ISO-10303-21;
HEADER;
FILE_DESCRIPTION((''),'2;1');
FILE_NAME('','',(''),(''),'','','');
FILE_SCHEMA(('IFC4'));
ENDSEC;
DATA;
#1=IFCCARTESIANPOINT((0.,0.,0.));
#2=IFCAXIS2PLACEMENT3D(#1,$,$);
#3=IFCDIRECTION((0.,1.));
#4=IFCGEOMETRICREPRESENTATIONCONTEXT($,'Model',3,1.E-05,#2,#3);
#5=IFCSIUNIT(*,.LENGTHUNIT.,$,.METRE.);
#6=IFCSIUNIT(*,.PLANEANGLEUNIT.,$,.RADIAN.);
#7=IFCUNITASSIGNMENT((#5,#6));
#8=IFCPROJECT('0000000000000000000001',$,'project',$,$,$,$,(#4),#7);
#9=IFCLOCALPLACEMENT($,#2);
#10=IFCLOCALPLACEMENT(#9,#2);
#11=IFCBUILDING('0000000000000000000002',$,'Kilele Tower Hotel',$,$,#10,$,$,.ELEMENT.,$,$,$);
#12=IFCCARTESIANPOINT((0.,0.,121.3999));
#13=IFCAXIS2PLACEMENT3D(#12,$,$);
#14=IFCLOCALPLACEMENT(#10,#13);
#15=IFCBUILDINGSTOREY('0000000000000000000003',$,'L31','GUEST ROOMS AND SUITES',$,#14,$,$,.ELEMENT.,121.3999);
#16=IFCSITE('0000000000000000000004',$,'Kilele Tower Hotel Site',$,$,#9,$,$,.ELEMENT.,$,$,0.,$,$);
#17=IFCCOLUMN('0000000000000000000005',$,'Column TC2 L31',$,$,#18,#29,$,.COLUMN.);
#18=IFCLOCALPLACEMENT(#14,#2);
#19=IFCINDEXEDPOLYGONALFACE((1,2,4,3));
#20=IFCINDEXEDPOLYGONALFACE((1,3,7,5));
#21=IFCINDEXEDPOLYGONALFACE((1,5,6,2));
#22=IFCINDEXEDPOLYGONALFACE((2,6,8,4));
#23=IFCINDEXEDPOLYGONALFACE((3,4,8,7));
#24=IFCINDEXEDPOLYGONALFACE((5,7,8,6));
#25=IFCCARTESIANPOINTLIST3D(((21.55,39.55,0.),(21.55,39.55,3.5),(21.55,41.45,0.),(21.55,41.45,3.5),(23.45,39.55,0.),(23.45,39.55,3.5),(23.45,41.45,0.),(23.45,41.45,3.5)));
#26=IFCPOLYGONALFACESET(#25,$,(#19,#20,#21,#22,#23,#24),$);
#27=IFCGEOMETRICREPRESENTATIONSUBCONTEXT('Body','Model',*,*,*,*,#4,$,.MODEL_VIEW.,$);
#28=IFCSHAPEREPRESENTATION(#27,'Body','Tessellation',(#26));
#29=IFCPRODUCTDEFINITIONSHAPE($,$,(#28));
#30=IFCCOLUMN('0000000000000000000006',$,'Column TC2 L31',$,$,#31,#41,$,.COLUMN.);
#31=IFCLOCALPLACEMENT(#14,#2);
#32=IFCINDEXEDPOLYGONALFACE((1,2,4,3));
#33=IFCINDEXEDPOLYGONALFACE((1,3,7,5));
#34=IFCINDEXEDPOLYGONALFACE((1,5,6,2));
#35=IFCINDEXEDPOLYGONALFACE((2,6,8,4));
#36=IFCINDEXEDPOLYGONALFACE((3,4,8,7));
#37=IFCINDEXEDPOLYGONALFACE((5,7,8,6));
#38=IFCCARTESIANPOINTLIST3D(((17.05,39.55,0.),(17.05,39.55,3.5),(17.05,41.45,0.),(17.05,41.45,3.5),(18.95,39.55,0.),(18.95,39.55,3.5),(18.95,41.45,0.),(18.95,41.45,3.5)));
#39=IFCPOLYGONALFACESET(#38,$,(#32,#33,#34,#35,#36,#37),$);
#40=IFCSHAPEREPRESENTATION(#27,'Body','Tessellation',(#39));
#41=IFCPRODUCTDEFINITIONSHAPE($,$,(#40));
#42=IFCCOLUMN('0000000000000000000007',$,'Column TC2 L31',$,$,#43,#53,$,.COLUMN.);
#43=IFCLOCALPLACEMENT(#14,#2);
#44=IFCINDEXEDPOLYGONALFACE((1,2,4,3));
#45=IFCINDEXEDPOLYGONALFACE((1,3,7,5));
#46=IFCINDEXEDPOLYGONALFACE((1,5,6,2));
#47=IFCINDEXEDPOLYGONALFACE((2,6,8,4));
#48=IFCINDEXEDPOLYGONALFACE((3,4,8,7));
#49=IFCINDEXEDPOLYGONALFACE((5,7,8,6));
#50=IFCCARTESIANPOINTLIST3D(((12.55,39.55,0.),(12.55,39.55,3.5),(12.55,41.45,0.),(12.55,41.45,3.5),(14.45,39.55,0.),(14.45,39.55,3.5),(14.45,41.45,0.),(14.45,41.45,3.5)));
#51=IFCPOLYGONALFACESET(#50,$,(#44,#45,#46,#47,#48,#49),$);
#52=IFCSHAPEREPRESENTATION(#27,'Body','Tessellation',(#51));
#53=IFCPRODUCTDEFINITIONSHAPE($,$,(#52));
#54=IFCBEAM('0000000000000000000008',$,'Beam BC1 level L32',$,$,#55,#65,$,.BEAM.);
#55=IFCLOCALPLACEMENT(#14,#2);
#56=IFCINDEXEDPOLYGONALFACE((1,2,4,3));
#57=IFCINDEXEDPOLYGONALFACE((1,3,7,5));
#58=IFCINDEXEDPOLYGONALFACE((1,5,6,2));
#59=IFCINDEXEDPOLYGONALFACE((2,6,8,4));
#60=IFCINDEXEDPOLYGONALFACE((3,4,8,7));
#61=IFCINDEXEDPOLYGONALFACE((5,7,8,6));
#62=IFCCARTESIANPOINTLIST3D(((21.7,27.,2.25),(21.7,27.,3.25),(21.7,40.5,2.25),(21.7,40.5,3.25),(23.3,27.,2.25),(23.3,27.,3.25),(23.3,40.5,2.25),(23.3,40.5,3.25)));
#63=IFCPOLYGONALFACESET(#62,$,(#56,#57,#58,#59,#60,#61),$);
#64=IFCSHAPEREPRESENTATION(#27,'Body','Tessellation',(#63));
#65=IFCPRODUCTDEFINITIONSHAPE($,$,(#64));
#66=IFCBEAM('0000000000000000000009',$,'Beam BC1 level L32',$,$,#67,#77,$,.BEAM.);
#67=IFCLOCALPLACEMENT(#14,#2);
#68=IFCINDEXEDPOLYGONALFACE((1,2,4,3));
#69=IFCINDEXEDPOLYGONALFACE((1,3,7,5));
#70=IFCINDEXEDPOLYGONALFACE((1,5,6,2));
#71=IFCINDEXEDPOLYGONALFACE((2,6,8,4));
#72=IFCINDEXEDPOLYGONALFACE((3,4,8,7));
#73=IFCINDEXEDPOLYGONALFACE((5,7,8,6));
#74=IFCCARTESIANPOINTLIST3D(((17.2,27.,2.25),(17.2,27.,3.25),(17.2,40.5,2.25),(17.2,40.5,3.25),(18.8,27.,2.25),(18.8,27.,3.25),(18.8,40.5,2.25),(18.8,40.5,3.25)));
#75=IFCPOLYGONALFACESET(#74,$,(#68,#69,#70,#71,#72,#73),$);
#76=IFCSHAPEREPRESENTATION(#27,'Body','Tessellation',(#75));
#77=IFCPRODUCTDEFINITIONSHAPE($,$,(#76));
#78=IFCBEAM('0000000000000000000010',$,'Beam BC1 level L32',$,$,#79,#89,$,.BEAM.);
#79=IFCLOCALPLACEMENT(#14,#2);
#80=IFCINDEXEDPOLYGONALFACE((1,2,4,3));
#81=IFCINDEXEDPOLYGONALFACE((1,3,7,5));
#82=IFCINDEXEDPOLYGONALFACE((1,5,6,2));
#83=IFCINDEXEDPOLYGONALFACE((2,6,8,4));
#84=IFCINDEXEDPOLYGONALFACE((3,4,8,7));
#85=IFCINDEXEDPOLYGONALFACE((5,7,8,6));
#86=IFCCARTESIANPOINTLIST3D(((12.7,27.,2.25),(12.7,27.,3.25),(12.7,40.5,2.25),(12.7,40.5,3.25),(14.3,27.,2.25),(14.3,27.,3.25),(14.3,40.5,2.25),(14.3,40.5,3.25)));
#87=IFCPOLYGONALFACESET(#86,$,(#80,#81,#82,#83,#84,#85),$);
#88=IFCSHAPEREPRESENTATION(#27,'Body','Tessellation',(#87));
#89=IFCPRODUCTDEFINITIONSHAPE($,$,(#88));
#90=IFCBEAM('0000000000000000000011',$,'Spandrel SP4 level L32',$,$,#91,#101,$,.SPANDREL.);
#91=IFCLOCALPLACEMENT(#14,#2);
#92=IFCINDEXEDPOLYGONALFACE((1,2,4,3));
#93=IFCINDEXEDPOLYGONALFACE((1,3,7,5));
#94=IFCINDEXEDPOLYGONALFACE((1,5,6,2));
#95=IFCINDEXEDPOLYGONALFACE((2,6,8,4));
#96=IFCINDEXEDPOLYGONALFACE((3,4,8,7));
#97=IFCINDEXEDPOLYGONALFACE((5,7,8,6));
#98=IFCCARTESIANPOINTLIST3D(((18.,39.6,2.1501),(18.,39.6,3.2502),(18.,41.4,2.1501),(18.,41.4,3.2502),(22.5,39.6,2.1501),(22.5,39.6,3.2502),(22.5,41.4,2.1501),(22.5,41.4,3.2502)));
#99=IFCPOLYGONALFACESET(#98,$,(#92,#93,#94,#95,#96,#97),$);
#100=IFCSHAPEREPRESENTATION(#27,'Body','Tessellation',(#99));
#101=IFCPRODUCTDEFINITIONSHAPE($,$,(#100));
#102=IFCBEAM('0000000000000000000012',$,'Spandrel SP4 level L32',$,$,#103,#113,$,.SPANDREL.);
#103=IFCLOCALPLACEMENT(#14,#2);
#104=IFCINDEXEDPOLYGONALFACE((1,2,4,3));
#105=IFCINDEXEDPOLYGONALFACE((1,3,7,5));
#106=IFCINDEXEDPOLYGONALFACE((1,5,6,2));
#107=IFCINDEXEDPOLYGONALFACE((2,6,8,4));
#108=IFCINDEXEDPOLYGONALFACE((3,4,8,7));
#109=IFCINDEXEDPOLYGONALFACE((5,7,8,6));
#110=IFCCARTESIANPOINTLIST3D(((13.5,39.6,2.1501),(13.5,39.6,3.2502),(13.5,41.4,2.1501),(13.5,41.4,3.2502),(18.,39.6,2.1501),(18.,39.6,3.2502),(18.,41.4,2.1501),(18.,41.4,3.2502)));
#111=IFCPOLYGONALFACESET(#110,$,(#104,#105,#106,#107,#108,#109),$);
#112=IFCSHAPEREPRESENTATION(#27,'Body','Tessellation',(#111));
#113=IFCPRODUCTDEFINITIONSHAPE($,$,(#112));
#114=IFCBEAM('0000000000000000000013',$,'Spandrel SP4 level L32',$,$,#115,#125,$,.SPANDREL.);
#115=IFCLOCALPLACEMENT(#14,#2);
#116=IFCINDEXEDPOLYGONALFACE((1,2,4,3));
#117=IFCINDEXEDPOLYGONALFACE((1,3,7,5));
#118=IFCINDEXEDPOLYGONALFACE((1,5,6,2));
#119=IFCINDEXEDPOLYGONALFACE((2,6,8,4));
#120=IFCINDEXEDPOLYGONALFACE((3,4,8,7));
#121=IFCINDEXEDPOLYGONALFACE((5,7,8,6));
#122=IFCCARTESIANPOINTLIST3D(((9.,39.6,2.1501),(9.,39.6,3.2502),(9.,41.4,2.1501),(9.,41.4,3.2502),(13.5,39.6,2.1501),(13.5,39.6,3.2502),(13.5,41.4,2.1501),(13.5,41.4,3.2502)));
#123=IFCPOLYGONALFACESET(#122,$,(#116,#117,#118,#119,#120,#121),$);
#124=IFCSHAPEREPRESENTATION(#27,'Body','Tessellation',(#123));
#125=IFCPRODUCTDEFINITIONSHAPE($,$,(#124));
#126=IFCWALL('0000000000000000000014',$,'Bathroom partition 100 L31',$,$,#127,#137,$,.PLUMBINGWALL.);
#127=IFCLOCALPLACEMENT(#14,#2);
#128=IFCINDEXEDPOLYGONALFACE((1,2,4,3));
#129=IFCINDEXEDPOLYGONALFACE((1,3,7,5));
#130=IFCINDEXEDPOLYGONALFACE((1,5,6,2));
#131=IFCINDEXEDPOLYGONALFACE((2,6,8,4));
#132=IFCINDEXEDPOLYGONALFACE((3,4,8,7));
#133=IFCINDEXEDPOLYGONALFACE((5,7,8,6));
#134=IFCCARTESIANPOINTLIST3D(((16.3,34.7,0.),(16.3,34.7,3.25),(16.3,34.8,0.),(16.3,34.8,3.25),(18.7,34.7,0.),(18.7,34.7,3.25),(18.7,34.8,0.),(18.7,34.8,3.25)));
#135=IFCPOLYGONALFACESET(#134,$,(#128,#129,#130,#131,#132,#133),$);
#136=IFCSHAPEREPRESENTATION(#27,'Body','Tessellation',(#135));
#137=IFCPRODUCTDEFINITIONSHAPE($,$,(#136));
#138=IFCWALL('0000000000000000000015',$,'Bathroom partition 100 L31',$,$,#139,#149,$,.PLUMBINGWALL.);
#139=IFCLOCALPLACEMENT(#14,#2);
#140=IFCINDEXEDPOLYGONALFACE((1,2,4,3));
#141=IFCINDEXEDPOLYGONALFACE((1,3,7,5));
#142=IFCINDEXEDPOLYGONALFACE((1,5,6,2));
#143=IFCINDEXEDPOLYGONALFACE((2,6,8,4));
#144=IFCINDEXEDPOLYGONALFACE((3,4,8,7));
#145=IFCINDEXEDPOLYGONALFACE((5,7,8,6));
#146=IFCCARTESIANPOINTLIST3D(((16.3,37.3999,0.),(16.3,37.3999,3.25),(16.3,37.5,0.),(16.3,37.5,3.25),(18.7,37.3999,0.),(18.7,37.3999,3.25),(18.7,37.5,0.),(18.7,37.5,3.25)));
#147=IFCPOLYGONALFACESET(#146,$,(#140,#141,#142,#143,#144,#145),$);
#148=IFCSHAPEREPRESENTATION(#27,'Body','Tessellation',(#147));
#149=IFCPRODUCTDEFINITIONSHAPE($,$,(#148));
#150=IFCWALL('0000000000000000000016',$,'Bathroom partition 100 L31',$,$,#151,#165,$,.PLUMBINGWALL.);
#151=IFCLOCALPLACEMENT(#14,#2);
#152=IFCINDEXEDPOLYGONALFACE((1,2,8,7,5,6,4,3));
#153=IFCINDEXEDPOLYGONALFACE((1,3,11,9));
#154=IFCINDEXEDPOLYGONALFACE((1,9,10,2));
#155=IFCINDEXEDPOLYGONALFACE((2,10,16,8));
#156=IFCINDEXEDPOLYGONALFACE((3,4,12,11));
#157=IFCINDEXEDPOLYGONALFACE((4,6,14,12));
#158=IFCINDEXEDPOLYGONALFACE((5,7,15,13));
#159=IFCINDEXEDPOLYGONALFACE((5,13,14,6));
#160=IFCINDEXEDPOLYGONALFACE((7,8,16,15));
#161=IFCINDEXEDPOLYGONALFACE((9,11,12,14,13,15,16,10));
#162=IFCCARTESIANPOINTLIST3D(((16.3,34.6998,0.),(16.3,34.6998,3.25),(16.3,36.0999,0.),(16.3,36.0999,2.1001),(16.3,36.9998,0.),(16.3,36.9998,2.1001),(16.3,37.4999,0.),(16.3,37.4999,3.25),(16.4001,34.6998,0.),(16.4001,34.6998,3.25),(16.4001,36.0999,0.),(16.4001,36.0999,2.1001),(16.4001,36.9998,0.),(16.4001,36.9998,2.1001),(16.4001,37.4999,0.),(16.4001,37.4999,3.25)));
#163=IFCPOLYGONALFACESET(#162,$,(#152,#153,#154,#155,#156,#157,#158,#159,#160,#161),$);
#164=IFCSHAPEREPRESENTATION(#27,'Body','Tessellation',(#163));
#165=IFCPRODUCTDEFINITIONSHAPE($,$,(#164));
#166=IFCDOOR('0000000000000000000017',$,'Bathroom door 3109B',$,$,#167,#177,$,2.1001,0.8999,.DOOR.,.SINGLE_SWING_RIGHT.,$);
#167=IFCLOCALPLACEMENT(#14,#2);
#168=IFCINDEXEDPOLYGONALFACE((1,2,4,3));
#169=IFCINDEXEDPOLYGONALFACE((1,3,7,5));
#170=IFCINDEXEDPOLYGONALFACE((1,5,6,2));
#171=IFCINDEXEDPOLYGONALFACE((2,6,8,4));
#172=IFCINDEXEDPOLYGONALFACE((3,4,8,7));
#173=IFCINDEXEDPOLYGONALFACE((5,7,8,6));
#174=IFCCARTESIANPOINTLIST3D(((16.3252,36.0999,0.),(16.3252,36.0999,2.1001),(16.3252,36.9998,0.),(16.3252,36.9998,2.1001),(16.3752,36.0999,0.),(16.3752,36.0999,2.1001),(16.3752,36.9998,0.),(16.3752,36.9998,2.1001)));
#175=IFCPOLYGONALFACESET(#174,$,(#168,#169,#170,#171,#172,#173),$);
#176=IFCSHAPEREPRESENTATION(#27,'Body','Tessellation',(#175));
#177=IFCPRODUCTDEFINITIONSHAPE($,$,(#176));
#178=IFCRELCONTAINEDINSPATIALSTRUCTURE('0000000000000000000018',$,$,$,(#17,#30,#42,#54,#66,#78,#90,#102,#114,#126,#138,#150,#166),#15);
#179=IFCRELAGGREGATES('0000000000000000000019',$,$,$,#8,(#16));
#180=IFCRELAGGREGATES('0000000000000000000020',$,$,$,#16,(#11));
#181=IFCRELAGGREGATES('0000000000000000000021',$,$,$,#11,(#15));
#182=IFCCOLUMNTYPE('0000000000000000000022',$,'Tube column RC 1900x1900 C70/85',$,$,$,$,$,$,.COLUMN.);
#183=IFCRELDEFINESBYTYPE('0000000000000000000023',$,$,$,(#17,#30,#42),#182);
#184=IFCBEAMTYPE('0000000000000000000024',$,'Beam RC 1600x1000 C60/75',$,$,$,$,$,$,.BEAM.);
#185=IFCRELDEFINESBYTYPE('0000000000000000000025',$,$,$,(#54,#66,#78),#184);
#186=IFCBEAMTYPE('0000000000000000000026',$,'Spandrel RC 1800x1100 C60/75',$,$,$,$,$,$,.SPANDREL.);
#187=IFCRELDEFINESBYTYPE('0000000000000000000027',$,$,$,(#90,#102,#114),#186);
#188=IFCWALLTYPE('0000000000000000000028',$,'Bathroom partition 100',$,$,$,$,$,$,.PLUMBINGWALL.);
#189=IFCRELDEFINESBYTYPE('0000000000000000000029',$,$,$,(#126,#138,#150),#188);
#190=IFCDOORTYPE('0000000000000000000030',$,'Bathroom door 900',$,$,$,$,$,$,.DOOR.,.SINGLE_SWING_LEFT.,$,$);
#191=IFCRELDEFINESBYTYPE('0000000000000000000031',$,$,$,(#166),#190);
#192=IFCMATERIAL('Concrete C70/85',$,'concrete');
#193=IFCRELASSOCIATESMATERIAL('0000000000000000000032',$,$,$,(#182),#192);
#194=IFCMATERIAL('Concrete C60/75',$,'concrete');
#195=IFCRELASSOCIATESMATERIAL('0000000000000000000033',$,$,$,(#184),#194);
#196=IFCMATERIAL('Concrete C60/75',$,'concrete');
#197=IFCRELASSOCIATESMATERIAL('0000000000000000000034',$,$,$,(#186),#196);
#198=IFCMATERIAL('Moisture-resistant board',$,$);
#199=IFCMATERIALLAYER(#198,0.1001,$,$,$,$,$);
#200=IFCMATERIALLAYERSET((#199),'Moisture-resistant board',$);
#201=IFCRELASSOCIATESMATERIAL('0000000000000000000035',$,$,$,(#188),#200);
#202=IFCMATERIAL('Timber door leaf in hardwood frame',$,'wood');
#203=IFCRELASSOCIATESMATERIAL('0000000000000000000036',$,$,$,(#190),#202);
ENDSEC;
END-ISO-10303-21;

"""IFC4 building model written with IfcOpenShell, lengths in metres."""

from ifc_helpers import new_model, si_unit, direction, frame, frame_2d, origin, origin_2d, place, context, subcontext, project, spatial, rectangle, extrude, material, layer, layer_set, material_profile, profile_set, type_object, element, fill, save


model = new_model("IFC4")

# Units and contexts
model_context = context("Model", 3, precision=1e-05, world=origin(), true_north=direction((0.0, 1.0)))
body_context = subcontext(model_context, "Body", "Model", "MODEL_VIEW")
ifc_project = project(units=[si_unit("LENGTHUNIT", "METRE"), si_unit("PLANEANGLEUNIT", "RADIAN")], contexts=[model_context])

# Site, building, storey
site_placement = place(None, origin())
site = spatial("IfcSite", under=ifc_project, at=site_placement, Name="Kilele Tower Hotel Site", CompositionType="ELEMENT", RefElevation=0.0)
building_placement = place(site_placement, origin())
building = spatial("IfcBuilding", under=site, at=building_placement, Name="Kilele Tower Hotel", CompositionType="ELEMENT")
storey_placement = place(building_placement, frame((0.0, 0.0, 121.3999)))
storey = spatial("IfcBuildingStorey", under=building, at=storey_placement, Name="L31", Description="GUEST ROOMS AND SUITES", CompositionType="ELEMENT", Elevation=121.3999)

# Columns
ifc_material_1 = material(Name="Concrete C70/85", Category="concrete")
ifc_material_profile_1 = material_profile(ifc_material_1, rectangle(XDim=1.8999, YDim=1.8999, at=origin_2d()))
ifc_profile_set_1 = profile_set([ifc_material_profile_1], Name="Concrete C70/85")
column_type = type_object("IfcColumnType", Name="Tube column RC 1900x1900 C70/85", PredefinedType="COLUMN", material=ifc_profile_set_1)
for number, where, z_axis, x_axis, name in (
    (1, (22.5, 40.5, 0.0), (0.0, 0.0, 1.0), (1.0, 0.0, 0.0), "Column TC2 L31"),
    (2, (18.0, 40.5, 0.0), (0.0, 0.0, 1.0), (1.0, 0.0, 0.0), "Column TC2 L31"),
    (3, (13.5, 40.5, 0.0), (0.0, 0.0, 1.0), (1.0, 0.0, 0.0), "Column TC2 L31"),
):
    element("IfcColumn", number, at=place(storey_placement, frame(where, z_axis=z_axis, x_axis=x_axis)), inside=storey, type_object=column_type, Name=name, PredefinedType="COLUMN", context=body_context, shape_type="SweptSolid", body=[
        extrude(rectangle(XDim=1.8999, YDim=1.8999, at=origin_2d()), origin(), (0.0, 0.0, 1.0), 3.5),
    ])

# Beams
ifc_material_2 = material(Name="Concrete C60/75", Category="concrete")
ifc_material_profile_2 = material_profile(ifc_material_2, rectangle(XDim=1.6001, YDim=1.0, at=origin_2d()))
ifc_profile_set_2 = profile_set([ifc_material_profile_2], Name="Concrete C60/75")
beam_type_1 = type_object("IfcBeamType", Name="Beam RC 1600x1000 C60/75", PredefinedType="BEAM", material=ifc_profile_set_2)
for number, where, z_axis, x_axis, name in (
    (4, (22.5, 40.5, 2.75), (0.0, -1.0, 0.0), (1.0, 0.0, 0.0), "Beam BC1 level L32"),
    (5, (18.0, 40.5, 2.75), (0.0, -1.0, 0.0), (1.0, 0.0, 0.0), "Beam BC1 level L32"),
    (6, (13.5, 40.5, 2.75), (0.0, -1.0, 0.0), (1.0, 0.0, 0.0), "Beam BC1 level L32"),
):
    element("IfcBeam", number, at=place(storey_placement, frame(where, z_axis=z_axis, x_axis=x_axis)), inside=storey, type_object=beam_type_1, Name=name, PredefinedType="BEAM", context=body_context, shape_type="SweptSolid", body=[
        extrude(rectangle(XDim=1.6001, YDim=1.0, at=origin_2d()), origin(), (0.0, 0.0, 1.0), 13.5),
    ])
ifc_material_3 = material(Name="Concrete C60/75", Category="concrete")
ifc_material_profile_3 = material_profile(ifc_material_3, rectangle(XDim=1.8, YDim=1.1001, at=origin_2d()))
ifc_profile_set_3 = profile_set([ifc_material_profile_3], Name="Concrete C60/75")
beam_type_2 = type_object("IfcBeamType", Name="Spandrel RC 1800x1100 C60/75", PredefinedType="SPANDREL", material=ifc_profile_set_3)
for number, where, z_axis, x_axis, name in (
    (7, (22.5, 40.5, 2.7002), (-1.0, 0.0, 0.0), (0.0, -1.0, 0.0), "Spandrel SP4 level L32"),
    (8, (18.0, 40.5, 2.7002), (-1.0, 0.0, 0.0), (0.0, -1.0, 0.0), "Spandrel SP4 level L32"),
    (9, (13.5, 40.5, 2.7002), (-1.0, 0.0, 0.0), (0.0, -1.0, 0.0), "Spandrel SP4 level L32"),
):
    element("IfcBeam", number, at=place(storey_placement, frame(where, z_axis=z_axis, x_axis=x_axis)), inside=storey, type_object=beam_type_2, Name=name, PredefinedType="SPANDREL", context=body_context, shape_type="SweptSolid", body=[
        extrude(rectangle(XDim=1.8, YDim=1.1001, at=origin_2d()), origin(), (0.0, 0.0, 1.0), 4.5),
    ])

# Walls
ifc_material_4 = material(Name="Moisture-resistant board")
ifc_layer_1 = layer(ifc_material_4, 0.1001)
ifc_layer_set_1 = layer_set([ifc_layer_1], Name="Moisture-resistant board")
wall_type_1 = type_object("IfcWallType", Name="Bathroom partition 100", PredefinedType="PLUMBINGWALL", material=ifc_layer_set_1)
for number, where, z_axis, x_axis, name in (
    (10, (16.3, 34.75, 0.0), (0.0, 0.0, 1.0), (1.0, 0.0, 0.0), "Bathroom partition 100 L31"),
    (11, (16.3, 37.45, 0.0), (0.0, 0.0, 1.0), (1.0, 0.0, 0.0), "Bathroom partition 100 L31"),
):
    element("IfcWall", number, at=place(storey_placement, frame(where, z_axis=z_axis, x_axis=x_axis)), inside=storey, type_object=wall_type_1, Name=name, PredefinedType="PLUMBINGWALL", context=body_context, shape_type="SweptSolid", body=[
        extrude(rectangle(XDim=2.3999, YDim=0.1001, at=frame_2d((1.2, 0.0))), origin(), (0.0, 0.0, 1.0), 3.25),
    ])

# Wall, opening, door
wall_1_placement = place(storey_placement, frame((16.3501, 34.7, 0.0), z_axis=(0.0, 0.0, 1.0), x_axis=(0.0, 1.0, 0.0)))
wall_1 = element("IfcWall", 12, at=wall_1_placement, inside=storey, type_object=wall_type_1, Name="Bathroom partition 100 L31", PredefinedType="PLUMBINGWALL", context=body_context, shape_type="SweptSolid", body=[
    extrude(rectangle(XDim=2.8, YDim=0.1001, at=frame_2d((1.3999, 0.0))), origin(), (0.0, 0.0, 1.0), 3.25),
])
opening_1_placement = place(wall_1_placement, frame((1.3999, 0.0, 0.0)))
opening_1 = element("IfcOpeningElement", 13, at=opening_1_placement, cuts=wall_1, PredefinedType="OPENING", context=body_context, shape_type="SweptSolid", body=[
    extrude(rectangle(XDim=0.8999, YDim=2.1001, at=frame_2d((0.45, 1.05))), frame((0.0, 0.0601, 0.0), z_axis=(0.0, -1.0, 0.0), x_axis=(1.0, 0.0, 0.0)), (0.0, 0.0, 1.0), 0.1201),
])
ifc_material_5 = material(Name="Timber door leaf in hardwood frame", Category="wood")
door_type_1 = type_object("IfcDoorType", Name="Bathroom door 900", OperationType="SINGLE_SWING_LEFT", PredefinedType="DOOR", material=ifc_material_5)
door_1_placement = place(opening_1_placement, origin())
door_1 = element("IfcDoor", 14, at=door_1_placement, inside=storey, type_object=door_type_1, Name="Bathroom door 3109B", OperationType="SINGLE_SWING_RIGHT", OverallHeight=2.1001, OverallWidth=0.8999, PredefinedType="DOOR", context=body_context, shape_type="SweptSolid", body=[
    extrude(rectangle(XDim=0.8999, YDim=2.1001, at=frame_2d((0.45, 1.05))), frame((0.0, 0.0249, 0.0), z_axis=(0.0, -1.0, 0.0), x_axis=(1.0, 0.0, 0.0)), (0.0, 0.0, 1.0), 0.05),
])
fill(opening_1, door_1)

save(model, "model.ifc")
